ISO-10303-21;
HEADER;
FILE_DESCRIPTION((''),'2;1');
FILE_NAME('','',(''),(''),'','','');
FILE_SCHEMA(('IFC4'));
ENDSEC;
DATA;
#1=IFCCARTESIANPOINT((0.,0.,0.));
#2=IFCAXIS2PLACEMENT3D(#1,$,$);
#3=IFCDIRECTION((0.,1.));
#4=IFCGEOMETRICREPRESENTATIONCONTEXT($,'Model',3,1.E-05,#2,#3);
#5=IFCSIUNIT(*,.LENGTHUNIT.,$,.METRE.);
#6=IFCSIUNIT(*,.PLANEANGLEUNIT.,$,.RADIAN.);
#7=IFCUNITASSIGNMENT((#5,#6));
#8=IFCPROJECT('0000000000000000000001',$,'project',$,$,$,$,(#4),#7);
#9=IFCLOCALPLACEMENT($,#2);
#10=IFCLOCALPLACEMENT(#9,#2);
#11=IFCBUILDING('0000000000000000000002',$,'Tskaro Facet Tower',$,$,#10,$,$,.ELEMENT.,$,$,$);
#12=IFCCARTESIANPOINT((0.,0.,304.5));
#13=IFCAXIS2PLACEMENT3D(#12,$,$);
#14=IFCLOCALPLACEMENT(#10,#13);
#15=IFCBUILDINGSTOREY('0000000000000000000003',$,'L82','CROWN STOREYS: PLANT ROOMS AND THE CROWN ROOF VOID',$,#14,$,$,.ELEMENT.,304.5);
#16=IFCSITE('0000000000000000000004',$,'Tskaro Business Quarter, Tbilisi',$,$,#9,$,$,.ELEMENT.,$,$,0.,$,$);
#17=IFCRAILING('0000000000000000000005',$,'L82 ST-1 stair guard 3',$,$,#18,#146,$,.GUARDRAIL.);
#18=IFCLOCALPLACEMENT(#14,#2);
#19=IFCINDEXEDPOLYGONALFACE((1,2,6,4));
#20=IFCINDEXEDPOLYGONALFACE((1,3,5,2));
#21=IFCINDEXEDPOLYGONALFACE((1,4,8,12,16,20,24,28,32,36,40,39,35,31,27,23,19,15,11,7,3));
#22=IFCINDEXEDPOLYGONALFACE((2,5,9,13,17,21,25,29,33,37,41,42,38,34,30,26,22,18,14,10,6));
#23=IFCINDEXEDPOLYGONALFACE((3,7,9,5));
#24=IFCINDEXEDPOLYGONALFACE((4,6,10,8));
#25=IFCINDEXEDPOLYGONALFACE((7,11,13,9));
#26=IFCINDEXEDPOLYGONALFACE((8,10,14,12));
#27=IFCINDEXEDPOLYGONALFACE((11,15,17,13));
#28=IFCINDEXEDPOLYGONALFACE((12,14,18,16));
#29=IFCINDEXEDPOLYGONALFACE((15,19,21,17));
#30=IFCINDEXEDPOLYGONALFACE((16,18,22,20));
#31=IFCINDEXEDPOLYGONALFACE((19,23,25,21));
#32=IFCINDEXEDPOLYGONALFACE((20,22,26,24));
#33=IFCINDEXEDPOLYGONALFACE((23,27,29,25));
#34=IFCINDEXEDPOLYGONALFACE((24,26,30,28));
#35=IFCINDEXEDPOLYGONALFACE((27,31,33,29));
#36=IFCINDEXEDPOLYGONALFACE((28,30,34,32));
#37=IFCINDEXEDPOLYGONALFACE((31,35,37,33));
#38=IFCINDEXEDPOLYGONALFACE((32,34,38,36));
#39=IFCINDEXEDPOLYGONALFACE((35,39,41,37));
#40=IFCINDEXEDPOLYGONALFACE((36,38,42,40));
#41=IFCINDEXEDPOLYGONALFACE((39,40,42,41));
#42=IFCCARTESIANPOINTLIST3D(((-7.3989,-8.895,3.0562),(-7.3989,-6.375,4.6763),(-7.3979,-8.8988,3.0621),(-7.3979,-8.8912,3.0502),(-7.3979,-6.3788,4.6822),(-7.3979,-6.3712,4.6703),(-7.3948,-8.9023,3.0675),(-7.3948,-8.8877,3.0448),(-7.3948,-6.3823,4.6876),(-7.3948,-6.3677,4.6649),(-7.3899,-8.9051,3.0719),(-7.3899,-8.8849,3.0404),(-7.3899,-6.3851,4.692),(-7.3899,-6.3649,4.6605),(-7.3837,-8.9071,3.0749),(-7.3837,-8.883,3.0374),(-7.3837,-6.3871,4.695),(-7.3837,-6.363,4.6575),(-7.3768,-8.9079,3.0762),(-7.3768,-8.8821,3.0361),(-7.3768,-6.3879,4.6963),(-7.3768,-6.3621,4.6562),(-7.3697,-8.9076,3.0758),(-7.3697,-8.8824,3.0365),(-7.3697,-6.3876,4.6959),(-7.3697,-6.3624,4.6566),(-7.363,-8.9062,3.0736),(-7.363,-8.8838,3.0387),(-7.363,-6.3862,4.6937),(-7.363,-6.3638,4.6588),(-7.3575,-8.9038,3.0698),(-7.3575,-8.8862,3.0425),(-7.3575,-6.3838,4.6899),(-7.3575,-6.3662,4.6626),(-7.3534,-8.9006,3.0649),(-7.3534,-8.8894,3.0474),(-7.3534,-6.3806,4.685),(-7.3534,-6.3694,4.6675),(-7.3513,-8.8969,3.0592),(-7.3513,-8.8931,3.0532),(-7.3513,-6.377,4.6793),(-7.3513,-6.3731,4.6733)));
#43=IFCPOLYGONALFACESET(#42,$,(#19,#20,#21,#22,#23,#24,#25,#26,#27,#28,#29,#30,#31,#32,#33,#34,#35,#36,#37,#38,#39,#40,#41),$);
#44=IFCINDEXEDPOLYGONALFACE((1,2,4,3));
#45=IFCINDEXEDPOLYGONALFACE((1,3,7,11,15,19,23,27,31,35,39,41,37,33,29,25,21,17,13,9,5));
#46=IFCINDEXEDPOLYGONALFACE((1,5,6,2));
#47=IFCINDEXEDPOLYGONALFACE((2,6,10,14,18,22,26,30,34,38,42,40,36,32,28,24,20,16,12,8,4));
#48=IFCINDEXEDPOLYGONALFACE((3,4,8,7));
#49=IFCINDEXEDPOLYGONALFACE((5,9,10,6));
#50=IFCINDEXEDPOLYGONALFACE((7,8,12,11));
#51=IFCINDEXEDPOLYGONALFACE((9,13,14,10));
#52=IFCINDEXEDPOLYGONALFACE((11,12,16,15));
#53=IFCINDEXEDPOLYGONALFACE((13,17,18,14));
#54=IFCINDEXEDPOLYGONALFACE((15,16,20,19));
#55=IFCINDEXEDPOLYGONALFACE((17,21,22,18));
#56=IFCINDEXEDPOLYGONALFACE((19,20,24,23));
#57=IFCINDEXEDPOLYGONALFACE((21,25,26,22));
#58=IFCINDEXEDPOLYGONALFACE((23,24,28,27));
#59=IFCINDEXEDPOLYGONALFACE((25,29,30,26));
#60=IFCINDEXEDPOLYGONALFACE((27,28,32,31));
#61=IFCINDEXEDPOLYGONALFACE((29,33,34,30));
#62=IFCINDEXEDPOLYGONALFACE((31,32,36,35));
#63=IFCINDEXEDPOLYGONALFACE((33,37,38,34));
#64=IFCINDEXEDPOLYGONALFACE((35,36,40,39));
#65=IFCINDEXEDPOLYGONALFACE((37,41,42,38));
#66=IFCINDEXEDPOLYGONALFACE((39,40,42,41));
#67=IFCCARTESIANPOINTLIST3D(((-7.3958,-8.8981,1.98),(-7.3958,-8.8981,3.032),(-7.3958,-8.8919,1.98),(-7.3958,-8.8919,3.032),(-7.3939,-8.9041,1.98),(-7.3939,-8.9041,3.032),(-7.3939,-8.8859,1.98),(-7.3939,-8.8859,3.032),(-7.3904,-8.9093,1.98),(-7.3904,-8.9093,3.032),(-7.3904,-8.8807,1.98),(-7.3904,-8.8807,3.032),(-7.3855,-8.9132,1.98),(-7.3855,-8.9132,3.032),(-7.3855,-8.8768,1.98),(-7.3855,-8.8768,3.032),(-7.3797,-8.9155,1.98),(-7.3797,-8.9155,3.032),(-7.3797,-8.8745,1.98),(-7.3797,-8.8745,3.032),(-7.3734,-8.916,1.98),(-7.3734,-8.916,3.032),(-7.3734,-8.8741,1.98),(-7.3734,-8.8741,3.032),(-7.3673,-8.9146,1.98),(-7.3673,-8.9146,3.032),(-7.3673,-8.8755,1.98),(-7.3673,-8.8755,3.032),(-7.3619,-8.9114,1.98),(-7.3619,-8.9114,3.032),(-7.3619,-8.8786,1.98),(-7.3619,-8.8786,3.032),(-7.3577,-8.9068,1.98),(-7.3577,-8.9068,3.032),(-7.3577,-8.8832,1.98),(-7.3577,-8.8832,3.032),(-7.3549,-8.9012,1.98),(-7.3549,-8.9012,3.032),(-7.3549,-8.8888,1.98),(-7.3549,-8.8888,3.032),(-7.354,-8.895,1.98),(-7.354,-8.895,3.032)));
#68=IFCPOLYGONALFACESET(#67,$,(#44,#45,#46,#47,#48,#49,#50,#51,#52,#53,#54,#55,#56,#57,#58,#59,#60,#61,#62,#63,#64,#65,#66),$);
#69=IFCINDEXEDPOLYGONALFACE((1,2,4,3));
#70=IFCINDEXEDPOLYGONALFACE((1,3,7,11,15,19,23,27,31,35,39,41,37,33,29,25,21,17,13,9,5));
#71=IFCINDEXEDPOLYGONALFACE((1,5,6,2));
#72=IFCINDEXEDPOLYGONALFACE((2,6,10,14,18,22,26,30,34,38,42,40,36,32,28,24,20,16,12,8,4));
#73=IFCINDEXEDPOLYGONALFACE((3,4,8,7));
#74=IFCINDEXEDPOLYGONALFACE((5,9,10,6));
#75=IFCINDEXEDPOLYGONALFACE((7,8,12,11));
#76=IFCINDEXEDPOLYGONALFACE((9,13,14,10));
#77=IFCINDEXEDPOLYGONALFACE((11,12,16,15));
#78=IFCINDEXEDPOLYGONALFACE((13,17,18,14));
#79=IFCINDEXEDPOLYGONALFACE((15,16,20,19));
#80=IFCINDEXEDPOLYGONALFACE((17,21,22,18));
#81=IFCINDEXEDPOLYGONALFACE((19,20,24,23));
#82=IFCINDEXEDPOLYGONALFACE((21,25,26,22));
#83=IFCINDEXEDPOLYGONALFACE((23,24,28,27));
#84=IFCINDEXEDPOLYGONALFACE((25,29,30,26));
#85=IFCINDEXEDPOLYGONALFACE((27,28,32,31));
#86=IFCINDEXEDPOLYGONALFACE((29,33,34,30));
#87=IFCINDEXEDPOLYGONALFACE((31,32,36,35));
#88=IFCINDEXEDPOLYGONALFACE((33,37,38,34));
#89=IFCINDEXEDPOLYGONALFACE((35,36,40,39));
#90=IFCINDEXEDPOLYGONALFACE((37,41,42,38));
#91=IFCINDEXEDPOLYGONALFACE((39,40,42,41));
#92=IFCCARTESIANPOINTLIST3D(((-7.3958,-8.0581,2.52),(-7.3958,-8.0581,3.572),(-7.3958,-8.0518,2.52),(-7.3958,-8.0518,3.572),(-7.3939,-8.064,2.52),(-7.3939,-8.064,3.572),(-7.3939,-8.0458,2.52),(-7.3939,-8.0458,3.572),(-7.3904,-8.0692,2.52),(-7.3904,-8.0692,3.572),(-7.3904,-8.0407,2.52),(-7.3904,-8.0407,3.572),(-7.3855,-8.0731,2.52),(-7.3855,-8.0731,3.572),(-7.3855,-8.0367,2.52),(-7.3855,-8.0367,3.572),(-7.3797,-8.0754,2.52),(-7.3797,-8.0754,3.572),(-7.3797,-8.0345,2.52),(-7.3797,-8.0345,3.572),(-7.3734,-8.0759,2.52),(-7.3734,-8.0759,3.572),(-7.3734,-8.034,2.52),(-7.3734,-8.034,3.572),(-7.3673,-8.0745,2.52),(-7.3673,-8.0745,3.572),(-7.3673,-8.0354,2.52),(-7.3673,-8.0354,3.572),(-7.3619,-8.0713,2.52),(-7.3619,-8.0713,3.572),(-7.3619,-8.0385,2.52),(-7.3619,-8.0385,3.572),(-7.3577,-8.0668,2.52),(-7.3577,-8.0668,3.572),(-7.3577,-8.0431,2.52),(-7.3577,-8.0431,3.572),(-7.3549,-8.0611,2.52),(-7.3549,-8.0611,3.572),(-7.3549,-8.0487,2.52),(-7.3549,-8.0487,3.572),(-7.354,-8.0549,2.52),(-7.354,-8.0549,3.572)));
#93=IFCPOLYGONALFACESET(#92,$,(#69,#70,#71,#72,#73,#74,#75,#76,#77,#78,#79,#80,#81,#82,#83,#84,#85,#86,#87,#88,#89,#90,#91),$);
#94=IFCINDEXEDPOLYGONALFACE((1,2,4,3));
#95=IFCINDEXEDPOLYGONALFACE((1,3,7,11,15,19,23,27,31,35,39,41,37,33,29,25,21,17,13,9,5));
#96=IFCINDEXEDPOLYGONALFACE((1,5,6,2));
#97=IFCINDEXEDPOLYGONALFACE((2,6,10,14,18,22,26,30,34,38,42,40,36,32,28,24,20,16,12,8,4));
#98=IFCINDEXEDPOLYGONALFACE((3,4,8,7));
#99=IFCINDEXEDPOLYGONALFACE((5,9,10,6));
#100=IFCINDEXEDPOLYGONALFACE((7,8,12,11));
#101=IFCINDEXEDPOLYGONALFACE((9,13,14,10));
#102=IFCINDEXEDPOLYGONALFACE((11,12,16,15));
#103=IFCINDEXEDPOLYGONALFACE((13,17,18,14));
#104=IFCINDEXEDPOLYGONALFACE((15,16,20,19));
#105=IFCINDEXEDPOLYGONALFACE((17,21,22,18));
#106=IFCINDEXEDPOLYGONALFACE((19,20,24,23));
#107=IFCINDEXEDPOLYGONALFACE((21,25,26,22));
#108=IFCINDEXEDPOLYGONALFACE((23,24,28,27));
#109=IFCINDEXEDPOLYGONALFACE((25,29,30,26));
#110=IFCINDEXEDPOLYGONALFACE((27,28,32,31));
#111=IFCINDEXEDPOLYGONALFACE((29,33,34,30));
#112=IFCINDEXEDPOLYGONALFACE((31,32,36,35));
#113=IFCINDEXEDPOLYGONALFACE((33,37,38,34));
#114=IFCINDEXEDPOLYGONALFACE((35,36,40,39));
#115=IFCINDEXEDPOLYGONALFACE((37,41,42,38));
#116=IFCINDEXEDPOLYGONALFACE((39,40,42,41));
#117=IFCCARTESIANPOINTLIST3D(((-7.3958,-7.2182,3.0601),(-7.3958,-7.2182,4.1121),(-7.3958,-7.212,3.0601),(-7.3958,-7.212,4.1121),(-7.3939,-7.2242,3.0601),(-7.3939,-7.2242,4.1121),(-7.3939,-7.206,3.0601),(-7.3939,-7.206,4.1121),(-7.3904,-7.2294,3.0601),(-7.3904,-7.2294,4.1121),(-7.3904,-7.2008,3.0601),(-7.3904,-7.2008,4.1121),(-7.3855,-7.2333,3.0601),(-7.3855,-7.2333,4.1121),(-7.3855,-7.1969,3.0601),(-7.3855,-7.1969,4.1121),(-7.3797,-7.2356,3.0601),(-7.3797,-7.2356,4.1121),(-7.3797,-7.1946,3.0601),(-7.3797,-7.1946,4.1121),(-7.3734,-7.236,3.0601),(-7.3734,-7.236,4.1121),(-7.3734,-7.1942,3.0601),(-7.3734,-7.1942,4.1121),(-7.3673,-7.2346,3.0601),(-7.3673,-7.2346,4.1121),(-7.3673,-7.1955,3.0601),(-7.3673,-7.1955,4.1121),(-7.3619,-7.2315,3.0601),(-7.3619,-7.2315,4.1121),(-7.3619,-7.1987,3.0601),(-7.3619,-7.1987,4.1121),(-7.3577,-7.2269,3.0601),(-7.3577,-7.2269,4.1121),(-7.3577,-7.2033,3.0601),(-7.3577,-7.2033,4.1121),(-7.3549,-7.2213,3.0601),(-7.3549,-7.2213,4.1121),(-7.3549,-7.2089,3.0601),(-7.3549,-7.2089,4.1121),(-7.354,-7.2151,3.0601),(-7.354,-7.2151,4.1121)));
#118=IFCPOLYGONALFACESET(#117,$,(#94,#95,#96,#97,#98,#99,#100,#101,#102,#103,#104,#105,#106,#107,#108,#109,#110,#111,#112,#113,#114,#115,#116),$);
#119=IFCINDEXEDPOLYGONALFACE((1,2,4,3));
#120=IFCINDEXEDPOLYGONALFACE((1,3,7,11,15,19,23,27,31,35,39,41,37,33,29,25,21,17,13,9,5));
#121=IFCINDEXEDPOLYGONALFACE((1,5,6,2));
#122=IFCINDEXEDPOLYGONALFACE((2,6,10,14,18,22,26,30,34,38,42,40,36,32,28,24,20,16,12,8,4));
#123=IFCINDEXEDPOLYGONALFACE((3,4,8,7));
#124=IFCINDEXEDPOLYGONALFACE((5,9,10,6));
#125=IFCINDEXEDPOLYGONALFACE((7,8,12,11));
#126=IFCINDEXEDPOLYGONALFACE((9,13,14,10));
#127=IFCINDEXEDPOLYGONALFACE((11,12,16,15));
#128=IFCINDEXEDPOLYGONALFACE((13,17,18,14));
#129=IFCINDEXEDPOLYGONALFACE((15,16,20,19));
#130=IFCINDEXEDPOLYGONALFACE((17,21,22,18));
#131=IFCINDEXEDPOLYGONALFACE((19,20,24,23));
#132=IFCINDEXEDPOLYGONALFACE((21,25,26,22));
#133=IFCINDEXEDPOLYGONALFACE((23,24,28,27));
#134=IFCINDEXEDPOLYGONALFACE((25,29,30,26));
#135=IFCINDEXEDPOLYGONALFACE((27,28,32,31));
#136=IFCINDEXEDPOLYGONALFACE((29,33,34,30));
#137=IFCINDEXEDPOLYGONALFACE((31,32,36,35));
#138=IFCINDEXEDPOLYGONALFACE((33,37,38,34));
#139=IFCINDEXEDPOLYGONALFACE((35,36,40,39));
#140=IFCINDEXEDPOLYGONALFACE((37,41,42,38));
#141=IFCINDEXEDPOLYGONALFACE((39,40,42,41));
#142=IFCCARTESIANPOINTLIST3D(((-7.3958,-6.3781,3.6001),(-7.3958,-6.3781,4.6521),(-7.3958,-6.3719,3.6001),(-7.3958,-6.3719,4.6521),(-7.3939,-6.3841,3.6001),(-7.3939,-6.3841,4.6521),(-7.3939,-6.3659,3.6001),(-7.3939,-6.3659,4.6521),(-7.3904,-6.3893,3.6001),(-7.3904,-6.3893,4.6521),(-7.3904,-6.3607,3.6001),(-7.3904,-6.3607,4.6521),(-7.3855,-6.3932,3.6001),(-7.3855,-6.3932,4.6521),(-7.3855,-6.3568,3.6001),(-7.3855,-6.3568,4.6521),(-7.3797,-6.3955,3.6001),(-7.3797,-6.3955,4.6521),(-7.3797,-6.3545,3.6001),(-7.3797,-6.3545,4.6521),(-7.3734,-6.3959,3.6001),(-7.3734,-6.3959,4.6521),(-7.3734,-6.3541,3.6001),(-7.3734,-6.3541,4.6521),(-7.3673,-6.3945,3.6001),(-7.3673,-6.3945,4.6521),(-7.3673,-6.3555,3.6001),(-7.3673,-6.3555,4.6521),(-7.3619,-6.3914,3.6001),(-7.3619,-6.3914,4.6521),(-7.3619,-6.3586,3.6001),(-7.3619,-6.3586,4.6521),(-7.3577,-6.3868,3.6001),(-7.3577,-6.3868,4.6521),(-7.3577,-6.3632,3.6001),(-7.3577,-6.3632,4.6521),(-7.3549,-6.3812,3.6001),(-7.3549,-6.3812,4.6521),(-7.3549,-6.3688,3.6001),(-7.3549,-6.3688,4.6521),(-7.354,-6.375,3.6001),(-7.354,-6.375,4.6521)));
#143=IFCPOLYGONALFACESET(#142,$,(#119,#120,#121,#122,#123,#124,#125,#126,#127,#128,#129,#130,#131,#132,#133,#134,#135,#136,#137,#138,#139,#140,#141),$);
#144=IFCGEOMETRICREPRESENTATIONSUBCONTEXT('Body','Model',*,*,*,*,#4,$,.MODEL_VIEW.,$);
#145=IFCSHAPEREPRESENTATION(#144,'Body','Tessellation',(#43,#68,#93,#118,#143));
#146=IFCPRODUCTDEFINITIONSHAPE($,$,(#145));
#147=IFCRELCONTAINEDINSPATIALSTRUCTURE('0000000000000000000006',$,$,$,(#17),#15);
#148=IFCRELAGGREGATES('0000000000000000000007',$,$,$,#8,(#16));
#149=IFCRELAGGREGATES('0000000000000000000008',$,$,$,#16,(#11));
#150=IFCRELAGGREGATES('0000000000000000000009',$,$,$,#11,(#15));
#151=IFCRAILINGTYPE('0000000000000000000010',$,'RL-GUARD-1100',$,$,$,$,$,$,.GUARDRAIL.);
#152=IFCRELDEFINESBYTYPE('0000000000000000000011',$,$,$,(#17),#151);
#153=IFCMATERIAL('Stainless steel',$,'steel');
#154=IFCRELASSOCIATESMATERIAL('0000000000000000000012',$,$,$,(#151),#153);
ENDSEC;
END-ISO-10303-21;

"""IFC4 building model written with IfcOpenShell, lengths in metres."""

from ifc_helpers import new_model, si_unit, direction, frame, origin, origin_2d, place, context, subcontext, project, spatial, circle, extrude, material, type_object, element, save


model = new_model("IFC4")

# Units and contexts
model_context = context("Model", 3, precision=1e-05, world=origin(), true_north=direction((0.0, 1.0)))
body_context = subcontext(model_context, "Body", "Model", "MODEL_VIEW")
ifc_project = project(units=[si_unit("LENGTHUNIT", "METRE"), si_unit("PLANEANGLEUNIT", "RADIAN")], contexts=[model_context])

# Site, building, storey
site_placement = place(None, origin())
site = spatial("IfcSite", under=ifc_project, at=site_placement, Name="Tskaro Business Quarter, Tbilisi", CompositionType="ELEMENT", RefElevation=0.0)
building_placement = place(site_placement, origin())
building = spatial("IfcBuilding", under=site, at=building_placement, Name="Tskaro Facet Tower", CompositionType="ELEMENT")
storey_placement = place(building_placement, frame((0.0, 0.0, 304.5)))
storey = spatial("IfcBuildingStorey", under=building, at=storey_placement, Name="L82", Description="CROWN STOREYS: PLANT ROOMS AND THE CROWN ROOF VOID", CompositionType="ELEMENT", Elevation=304.5)

# Shared definitions
ifc_material_1 = material(Name="Stainless steel", Category="steel")

# Railing
railing_type_1 = type_object("IfcRailingType", Name="RL-GUARD-1100", PredefinedType="GUARDRAIL", material=ifc_material_1)
railing_1_placement = place(storey_placement, frame((-7.375, -8.895, 1.98)))
element("IfcRailing", 1, at=railing_1_placement, inside=storey, type_object=railing_type_1, Name="L82 ST-1 stair guard 3", PredefinedType="GUARDRAIL", context=body_context, shape_type="SweptSolid", body=[
    extrude(circle(Radius=0.0239, at=origin_2d()), frame((0.0, 0.0, 1.0762), z_axis=(0.0, 0.841163, 0.540782), x_axis=(-1.0, 0.0, 0.0)), (0.0, 0.0, 1.0), 2.9958),
    extrude(circle(Radius=0.021, at=origin_2d()), origin(), (0.0, 0.0, 1.0), 1.052),
    extrude(circle(Radius=0.021, at=origin_2d()), frame((0.0, 0.8401, 0.54)), (0.0, 0.0, 1.0), 1.052),
    extrude(circle(Radius=0.021, at=origin_2d()), frame((0.0, 1.6799, 1.0801)), (0.0, 0.0, 1.0), 1.052),
    extrude(circle(Radius=0.021, at=origin_2d()), frame((0.0, 2.52, 1.6201)), (0.0, 0.0, 1.0), 1.052),
])

save(model, "model.ifc")
